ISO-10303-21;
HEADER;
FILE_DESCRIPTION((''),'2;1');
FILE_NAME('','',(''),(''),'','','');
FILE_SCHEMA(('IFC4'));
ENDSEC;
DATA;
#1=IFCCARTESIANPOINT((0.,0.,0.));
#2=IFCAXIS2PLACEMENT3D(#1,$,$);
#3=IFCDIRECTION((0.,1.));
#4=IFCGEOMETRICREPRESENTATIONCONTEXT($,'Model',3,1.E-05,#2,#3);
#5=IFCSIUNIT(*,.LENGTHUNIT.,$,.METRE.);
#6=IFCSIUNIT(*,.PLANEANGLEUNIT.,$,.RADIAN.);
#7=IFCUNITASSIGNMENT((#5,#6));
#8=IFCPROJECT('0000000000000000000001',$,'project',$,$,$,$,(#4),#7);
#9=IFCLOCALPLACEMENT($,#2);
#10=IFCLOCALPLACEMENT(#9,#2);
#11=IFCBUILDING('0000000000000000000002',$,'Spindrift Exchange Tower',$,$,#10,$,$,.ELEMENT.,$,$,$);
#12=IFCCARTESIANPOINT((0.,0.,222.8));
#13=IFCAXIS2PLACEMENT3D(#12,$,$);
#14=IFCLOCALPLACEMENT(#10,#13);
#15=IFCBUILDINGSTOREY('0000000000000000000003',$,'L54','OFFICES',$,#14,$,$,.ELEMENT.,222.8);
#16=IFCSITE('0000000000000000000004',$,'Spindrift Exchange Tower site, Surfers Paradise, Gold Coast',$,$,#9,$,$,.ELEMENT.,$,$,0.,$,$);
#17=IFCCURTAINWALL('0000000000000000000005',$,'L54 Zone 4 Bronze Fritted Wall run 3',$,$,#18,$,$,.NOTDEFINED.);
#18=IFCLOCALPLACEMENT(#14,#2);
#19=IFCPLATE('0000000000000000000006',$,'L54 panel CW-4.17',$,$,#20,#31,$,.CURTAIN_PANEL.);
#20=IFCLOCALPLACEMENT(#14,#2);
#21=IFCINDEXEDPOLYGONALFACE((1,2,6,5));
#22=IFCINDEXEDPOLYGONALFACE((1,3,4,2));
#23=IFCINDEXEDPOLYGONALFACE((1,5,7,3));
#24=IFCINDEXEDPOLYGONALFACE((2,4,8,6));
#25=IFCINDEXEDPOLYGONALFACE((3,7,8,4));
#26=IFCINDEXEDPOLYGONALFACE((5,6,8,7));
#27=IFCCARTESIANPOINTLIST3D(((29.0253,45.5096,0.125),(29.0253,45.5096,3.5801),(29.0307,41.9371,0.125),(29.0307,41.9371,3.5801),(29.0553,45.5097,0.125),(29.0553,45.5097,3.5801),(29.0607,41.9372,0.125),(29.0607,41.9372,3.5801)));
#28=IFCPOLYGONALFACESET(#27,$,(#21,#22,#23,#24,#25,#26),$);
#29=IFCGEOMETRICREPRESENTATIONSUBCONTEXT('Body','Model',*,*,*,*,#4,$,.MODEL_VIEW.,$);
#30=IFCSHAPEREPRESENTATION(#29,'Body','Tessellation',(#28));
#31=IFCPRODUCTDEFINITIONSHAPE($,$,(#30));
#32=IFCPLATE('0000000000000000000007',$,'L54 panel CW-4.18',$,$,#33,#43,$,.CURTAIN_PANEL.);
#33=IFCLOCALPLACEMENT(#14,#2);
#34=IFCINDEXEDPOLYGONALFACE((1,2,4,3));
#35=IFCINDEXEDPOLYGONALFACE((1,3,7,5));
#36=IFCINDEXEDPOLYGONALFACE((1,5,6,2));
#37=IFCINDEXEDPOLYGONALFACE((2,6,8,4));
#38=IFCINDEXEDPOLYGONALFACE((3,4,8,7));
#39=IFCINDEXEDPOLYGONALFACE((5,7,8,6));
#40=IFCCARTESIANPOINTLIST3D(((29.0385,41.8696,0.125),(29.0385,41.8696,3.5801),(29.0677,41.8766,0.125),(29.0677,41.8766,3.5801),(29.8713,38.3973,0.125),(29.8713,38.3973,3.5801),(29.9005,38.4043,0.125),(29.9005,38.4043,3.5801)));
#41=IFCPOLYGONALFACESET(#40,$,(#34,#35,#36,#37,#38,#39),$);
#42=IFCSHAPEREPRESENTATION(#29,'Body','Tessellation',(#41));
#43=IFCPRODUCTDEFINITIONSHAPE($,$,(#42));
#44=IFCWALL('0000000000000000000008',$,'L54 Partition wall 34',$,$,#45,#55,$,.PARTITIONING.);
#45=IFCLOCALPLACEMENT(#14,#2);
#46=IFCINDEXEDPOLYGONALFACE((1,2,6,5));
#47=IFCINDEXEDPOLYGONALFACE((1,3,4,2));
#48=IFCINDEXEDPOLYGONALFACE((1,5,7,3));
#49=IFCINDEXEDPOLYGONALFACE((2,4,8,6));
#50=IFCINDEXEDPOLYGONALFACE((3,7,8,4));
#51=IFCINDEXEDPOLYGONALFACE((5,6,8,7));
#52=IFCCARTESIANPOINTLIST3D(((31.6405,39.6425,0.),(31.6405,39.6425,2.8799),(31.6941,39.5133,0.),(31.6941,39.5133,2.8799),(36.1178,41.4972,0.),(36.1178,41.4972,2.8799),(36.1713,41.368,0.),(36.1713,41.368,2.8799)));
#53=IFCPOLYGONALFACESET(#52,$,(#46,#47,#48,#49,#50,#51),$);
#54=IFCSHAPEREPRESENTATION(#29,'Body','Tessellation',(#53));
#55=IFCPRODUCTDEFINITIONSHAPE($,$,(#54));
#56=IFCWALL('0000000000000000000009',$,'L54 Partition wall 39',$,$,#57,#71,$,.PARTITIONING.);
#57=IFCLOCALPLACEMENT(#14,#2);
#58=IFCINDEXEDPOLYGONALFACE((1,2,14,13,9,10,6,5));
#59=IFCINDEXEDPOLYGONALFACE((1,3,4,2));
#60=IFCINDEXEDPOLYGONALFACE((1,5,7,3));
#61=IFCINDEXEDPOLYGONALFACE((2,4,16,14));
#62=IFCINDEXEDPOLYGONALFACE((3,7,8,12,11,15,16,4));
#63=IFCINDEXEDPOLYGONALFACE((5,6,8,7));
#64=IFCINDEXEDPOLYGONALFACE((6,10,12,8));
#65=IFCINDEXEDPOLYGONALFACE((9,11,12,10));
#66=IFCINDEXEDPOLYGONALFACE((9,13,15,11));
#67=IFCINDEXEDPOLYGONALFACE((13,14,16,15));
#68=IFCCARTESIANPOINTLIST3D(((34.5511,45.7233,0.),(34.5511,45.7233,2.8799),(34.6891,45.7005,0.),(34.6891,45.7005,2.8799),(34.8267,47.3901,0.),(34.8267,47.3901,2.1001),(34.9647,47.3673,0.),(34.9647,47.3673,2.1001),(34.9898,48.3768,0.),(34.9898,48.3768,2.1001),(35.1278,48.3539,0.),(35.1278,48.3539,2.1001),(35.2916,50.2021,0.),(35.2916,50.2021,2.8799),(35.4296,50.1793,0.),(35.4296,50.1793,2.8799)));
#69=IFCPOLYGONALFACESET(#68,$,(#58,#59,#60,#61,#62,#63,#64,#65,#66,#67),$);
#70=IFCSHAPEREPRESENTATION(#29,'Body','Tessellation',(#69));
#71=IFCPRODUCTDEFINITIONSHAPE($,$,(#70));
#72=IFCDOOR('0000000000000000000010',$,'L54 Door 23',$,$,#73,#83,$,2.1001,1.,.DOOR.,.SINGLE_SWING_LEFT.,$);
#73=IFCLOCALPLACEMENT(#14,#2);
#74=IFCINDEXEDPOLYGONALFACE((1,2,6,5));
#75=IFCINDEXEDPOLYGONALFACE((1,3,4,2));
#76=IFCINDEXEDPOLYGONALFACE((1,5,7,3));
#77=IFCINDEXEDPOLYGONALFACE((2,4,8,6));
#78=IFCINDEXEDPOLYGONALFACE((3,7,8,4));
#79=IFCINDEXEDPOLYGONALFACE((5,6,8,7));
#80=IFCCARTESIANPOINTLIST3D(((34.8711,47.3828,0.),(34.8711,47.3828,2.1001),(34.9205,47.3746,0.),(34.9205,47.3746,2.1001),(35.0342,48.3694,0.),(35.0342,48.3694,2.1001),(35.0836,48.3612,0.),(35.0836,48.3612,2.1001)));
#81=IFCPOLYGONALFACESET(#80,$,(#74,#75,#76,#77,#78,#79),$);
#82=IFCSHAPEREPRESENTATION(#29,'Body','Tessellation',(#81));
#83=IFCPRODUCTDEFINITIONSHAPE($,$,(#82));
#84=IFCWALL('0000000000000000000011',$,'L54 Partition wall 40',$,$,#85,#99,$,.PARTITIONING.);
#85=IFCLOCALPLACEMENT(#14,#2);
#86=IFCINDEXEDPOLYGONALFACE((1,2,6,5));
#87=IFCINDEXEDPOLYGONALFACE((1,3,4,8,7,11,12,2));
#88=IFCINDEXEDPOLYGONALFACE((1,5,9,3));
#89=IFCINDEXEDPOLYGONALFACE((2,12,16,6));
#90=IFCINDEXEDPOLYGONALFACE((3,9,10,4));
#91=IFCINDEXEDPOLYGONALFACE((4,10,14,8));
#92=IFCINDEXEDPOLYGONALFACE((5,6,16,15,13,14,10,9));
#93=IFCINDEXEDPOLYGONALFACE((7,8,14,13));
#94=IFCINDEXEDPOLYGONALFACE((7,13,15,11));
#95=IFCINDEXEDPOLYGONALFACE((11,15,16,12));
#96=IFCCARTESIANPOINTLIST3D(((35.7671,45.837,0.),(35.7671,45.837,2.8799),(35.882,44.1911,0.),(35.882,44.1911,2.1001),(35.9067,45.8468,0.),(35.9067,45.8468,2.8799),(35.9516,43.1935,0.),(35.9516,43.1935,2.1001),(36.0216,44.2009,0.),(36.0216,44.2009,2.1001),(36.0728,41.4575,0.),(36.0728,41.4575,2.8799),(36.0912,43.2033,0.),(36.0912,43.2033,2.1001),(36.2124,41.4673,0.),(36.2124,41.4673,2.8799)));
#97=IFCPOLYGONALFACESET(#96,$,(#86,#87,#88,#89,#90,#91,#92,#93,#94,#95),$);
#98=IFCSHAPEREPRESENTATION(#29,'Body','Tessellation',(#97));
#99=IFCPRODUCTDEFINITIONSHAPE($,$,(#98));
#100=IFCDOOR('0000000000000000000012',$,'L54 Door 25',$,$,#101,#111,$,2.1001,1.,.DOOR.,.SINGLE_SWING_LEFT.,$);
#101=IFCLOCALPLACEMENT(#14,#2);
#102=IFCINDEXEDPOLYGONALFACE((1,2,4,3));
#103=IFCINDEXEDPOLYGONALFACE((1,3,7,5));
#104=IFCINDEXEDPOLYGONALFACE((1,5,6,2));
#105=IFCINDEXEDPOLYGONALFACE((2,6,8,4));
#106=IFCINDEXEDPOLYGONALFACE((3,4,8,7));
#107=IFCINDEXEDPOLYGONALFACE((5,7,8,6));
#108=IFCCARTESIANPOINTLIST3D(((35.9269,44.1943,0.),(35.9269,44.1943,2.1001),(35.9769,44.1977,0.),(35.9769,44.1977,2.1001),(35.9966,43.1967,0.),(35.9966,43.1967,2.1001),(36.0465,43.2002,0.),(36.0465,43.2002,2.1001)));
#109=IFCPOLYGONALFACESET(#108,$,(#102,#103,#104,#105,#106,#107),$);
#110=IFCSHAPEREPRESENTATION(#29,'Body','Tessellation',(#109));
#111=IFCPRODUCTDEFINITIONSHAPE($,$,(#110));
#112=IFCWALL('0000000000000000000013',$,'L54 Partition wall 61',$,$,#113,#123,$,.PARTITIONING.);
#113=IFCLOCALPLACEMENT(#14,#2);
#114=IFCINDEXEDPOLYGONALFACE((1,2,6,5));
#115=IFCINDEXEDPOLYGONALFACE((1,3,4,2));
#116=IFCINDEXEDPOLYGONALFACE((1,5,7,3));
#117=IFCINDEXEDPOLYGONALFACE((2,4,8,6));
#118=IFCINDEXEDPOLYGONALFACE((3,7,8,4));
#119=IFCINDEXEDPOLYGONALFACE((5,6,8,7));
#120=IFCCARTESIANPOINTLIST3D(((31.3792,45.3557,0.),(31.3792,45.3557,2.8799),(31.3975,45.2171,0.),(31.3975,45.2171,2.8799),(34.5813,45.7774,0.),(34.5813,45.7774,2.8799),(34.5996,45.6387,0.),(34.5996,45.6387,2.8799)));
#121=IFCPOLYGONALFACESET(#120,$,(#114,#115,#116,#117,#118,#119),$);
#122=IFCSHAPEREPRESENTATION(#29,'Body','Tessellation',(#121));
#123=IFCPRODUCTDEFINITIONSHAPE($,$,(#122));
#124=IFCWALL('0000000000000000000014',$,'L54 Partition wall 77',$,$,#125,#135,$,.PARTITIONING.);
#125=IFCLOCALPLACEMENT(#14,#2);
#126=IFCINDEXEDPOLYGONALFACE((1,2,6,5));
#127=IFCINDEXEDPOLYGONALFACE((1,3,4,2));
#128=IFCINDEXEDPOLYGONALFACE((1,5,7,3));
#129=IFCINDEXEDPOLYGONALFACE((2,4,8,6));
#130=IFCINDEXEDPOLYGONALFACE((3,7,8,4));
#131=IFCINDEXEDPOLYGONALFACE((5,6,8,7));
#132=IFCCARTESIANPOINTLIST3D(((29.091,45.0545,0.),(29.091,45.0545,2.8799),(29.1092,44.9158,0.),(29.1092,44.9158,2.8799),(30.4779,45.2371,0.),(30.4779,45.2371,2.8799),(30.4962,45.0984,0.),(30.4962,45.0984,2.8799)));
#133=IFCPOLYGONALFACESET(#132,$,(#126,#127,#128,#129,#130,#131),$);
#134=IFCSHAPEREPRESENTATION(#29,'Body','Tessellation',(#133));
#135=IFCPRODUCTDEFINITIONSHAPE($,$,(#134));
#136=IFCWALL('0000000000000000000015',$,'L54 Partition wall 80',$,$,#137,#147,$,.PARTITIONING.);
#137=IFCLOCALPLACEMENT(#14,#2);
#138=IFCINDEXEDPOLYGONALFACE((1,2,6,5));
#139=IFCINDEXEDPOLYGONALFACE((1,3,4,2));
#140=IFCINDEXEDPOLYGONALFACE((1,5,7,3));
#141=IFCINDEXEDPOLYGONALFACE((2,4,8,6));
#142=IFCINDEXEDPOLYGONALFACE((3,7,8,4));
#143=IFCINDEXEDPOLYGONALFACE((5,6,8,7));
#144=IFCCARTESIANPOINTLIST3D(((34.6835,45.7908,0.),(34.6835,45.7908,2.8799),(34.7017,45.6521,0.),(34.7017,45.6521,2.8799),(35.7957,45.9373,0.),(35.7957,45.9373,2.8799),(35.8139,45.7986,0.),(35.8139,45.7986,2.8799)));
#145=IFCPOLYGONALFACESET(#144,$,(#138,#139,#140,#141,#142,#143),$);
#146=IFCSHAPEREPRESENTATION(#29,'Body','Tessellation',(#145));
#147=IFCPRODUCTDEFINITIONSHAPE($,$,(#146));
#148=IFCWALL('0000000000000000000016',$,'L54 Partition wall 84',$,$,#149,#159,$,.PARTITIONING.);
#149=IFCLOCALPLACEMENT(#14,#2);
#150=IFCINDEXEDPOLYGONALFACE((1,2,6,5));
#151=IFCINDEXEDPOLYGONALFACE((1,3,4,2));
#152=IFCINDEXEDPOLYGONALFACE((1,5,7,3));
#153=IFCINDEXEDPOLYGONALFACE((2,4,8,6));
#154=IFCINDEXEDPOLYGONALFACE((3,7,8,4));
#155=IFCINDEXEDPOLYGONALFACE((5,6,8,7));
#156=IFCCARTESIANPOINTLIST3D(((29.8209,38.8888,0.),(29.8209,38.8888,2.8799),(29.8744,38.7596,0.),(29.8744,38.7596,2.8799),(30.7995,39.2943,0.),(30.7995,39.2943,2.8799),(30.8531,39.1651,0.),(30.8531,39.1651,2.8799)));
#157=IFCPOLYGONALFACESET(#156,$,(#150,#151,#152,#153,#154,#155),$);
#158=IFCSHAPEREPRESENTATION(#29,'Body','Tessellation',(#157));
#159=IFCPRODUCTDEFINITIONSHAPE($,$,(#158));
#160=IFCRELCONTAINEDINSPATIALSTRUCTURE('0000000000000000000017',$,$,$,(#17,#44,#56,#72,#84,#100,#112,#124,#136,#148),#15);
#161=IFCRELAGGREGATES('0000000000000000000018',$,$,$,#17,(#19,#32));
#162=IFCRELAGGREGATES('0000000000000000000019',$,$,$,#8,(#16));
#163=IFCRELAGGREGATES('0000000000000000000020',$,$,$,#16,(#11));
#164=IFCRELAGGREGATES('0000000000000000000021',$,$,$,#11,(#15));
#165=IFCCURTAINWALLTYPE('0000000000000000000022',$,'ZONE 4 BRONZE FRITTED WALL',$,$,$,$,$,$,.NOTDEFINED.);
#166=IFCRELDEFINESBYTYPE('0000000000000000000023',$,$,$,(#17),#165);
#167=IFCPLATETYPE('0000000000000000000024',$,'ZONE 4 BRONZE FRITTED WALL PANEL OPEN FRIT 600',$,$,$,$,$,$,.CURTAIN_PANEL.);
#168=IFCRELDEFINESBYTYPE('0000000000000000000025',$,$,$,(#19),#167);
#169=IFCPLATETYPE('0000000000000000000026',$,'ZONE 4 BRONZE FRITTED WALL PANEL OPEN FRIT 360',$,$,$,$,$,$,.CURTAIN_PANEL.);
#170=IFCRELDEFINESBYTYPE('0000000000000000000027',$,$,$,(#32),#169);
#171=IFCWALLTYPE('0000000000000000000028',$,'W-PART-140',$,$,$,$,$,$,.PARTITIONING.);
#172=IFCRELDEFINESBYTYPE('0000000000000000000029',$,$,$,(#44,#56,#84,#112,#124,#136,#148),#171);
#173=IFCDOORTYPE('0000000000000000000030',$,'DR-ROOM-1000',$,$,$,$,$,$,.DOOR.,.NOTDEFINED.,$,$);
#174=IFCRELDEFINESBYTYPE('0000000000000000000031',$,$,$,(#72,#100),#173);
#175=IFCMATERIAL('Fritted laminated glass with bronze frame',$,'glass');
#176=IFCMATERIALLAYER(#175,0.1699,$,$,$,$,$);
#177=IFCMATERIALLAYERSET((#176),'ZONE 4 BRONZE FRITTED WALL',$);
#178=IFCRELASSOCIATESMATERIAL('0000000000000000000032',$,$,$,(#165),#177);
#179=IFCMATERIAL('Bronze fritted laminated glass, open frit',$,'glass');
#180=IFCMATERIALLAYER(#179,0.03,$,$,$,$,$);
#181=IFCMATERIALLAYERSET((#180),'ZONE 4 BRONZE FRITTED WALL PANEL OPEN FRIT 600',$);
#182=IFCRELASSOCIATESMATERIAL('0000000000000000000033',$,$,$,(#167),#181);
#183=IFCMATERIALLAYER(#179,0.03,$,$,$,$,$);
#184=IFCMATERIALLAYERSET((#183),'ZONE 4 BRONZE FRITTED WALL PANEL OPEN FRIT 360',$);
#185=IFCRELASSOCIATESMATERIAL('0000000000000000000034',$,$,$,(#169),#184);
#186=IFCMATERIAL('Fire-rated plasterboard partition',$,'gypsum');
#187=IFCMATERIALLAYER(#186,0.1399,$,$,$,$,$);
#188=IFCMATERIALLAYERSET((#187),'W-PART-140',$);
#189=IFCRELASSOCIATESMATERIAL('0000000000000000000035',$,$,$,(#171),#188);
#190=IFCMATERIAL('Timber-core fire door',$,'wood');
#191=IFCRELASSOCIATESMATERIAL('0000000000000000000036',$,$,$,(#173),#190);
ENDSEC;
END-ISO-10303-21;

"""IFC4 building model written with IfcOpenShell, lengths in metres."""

from ifc_helpers import new_model, si_unit, direction, frame, frame_2d, origin, origin_2d, place, context, subcontext, project, spatial, rectangle, extrude, source, transform, mapped, material, layer, layer_set, type_object, element, fill, aggregate, save


model = new_model("IFC4")

# Units and contexts
model_context = context("Model", 3, precision=1e-05, world=origin(), true_north=direction((0.0, 1.0)))
body_context = subcontext(model_context, "Body", "Model", "MODEL_VIEW")
ifc_project = project(units=[si_unit("LENGTHUNIT", "METRE"), si_unit("PLANEANGLEUNIT", "RADIAN")], contexts=[model_context])

# Site, building, storey
site_placement = place(None, origin())
site = spatial("IfcSite", under=ifc_project, at=site_placement, Name="Spindrift Exchange Tower site, Surfers Paradise, Gold Coast", CompositionType="ELEMENT", RefElevation=0.0)
building_placement = place(site_placement, origin())
building = spatial("IfcBuilding", under=site, at=building_placement, Name="Spindrift Exchange Tower", CompositionType="ELEMENT")
storey_placement = place(building_placement, frame((0.0, 0.0, 222.8)))
storey = spatial("IfcBuildingStorey", under=building, at=storey_placement, Name="L54", Description="OFFICES", CompositionType="ELEMENT", Elevation=222.8)

# Curtain wall
ifc_material_1 = material(Name="Fritted laminated glass with bronze frame", Category="glass")
ifc_layer_1 = layer(ifc_material_1, 0.1699)
ifc_layer_set_1 = layer_set([ifc_layer_1], Name="ZONE 4 BRONZE FRITTED WALL")
curtain_wall_type = type_object("IfcCurtainWallType", Name="ZONE 4 BRONZE FRITTED WALL", PredefinedType="NOTDEFINED", material=ifc_layer_set_1)
curtain_wall_1_placement = place(storey_placement, origin())
curtain_wall_1 = element("IfcCurtainWall", 1, at=curtain_wall_1_placement, inside=storey, type_object=curtain_wall_type, Name="L54 Zone 4 Bronze Fritted Wall run 3", PredefinedType="NOTDEFINED")

# Plates
ifc_material_2 = material(Name="Bronze fritted laminated glass, open frit", Category="glass")
ifc_layer_2 = layer(ifc_material_2, 0.03)
ifc_layer_set_2 = layer_set([ifc_layer_2], Name="ZONE 4 BRONZE FRITTED WALL PANEL OPEN FRIT 600")
plate_type_1 = type_object("IfcPlateType", Name="ZONE 4 BRONZE FRITTED WALL PANEL OPEN FRIT 600", PredefinedType="CURTAIN_PANEL", material=ifc_layer_set_2)
shared_shape_1 = source(origin(), body_context, "Body", "SweptSolid", [
    extrude(rectangle(XDim=3.5725, YDim=0.03, at=origin_2d()), origin(), (0.0, 0.0, 1.0), 3.4551),
])
plate_1_placement = place(storey_placement, frame((29.043, 43.7234, 0.125), z_axis=(0.0, 0.0, 1.0), x_axis=(0.001511, -0.999999, 0.0)))
plate_1 = element("IfcPlate", 2, at=plate_1_placement, type_object=plate_type_1, Name="L54 panel CW-4.17", PredefinedType="CURTAIN_PANEL", context=body_context, shape_type="MappedRepresentation", body=[
    mapped(shared_shape_1, transform((0.0, 0.0, 0.0), scale=1.0)),
])
ifc_layer_3 = layer(ifc_material_2, 0.03)
ifc_layer_set_3 = layer_set([ifc_layer_3], Name="ZONE 4 BRONZE FRITTED WALL PANEL OPEN FRIT 360")
plate_type_2 = type_object("IfcPlateType", Name="ZONE 4 BRONZE FRITTED WALL PANEL OPEN FRIT 360", PredefinedType="CURTAIN_PANEL", material=ifc_layer_set_3)
shared_shape_2 = source(origin(), body_context, "Body", "SweptSolid", [
    extrude(rectangle(XDim=3.5708, YDim=0.03, at=origin_2d()), origin(), (0.0, 0.0, 1.0), 3.4551),
])
plate_2_placement = place(storey_placement, frame((29.4695, 40.137, 0.125), z_axis=(0.0, 0.0, 1.0), x_axis=(0.233211, -0.972426, 0.0)))
plate_2 = element("IfcPlate", 3, at=plate_2_placement, type_object=plate_type_2, Name="L54 panel CW-4.18", PredefinedType="CURTAIN_PANEL", context=body_context, shape_type="MappedRepresentation", body=[
    mapped(shared_shape_2, transform((0.0, 0.0, 0.0), scale=1.0)),
])
aggregate(curtain_wall_1, [plate_1, plate_2])

# Wall
ifc_material_3 = material(Name="Fire-rated plasterboard partition", Category="gypsum")
ifc_layer_4 = layer(ifc_material_3, 0.1399)
ifc_layer_set_4 = layer_set([ifc_layer_4], Name="W-PART-140")
wall_type = type_object("IfcWallType", Name="W-PART-140", PredefinedType="PARTITIONING", material=ifc_layer_set_4)
wall_1_placement = place(storey_placement, frame((36.1445, 41.4326, 0.0), z_axis=(0.0, 0.0, 1.0), x_axis=(-0.923866, -0.382715, 0.0)))
element("IfcWall", 4, at=wall_1_placement, inside=storey, type_object=wall_type, Name="L54 Partition wall 34", PredefinedType="PARTITIONING", context=body_context, shape_type="SweptSolid", body=[
    extrude(rectangle(XDim=4.8462, YDim=0.1399, at=frame_2d((2.4231, 0.0))), origin(), (0.0, 0.0, 1.0), 2.8799),
])

# Walls, openings, doors
wall_2_placement = place(storey_placement, frame((34.6201, 45.7119, 0.0), z_axis=(0.0, 0.0, 1.0), x_axis=(0.163117, 0.986607, 0.0)))
wall_2 = element("IfcWall", 5, at=wall_2_placement, inside=storey, type_object=wall_type, Name="L54 Partition wall 39", PredefinedType="PARTITIONING", context=body_context, shape_type="SweptSolid", body=[
    extrude(rectangle(XDim=4.5396, YDim=0.1399, at=frame_2d((2.2698, 0.0))), origin(), (0.0, 0.0, 1.0), 2.8799),
])
opening_1_placement = place(wall_2_placement, frame((1.6895, 0.0, 0.0)))
opening_1 = element("IfcOpeningElement", 6, at=opening_1_placement, cuts=wall_2, PredefinedType="OPENING", context=body_context, shape_type="SweptSolid", body=[
    extrude(rectangle(XDim=1.0, YDim=2.1001, at=frame_2d((0.5, 1.05))), frame((0.0, 0.0798, 0.0), z_axis=(0.0, -1.0, 0.0), x_axis=(1.0, 0.0, 0.0)), (0.0, 0.0, 1.0), 0.1599),
])
ifc_material_4 = material(Name="Timber-core fire door", Category="wood")
door_type = type_object("IfcDoorType", Name="DR-ROOM-1000", OperationType="NOTDEFINED", PredefinedType="DOOR", material=ifc_material_4)
shared_shape_3 = source(origin(), body_context, "Body", "SweptSolid", [
    extrude(rectangle(XDim=1.0, YDim=2.1001, at=frame_2d((0.5, 1.05))), frame((0.0, 0.0249, 0.0), z_axis=(0.0, -1.0, 0.0), x_axis=(1.0, 0.0, 0.0)), (0.0, 0.0, 1.0), 0.05),
])
door_1_placement = place(opening_1_placement, origin())
door_1 = element("IfcDoor", 7, at=door_1_placement, inside=storey, type_object=door_type, Name="L54 Door 23", OperationType="SINGLE_SWING_LEFT", OverallHeight=2.1001, OverallWidth=1.0, PredefinedType="DOOR", context=body_context, shape_type="MappedRepresentation", body=[
    mapped(shared_shape_3, transform((0.0, 0.0, 0.0), scale=1.0)),
])
fill(opening_1, door_1)
wall_3_placement = place(storey_placement, frame((36.1426, 41.4624, 0.0), z_axis=(0.0, 0.0, 1.0), x_axis=(-0.069627, 0.997573, 0.0)))
wall_3 = element("IfcWall", 8, at=wall_3_placement, inside=storey, type_object=wall_type, Name="L54 Partition wall 40", PredefinedType="PARTITIONING", context=body_context, shape_type="SweptSolid", body=[
    extrude(rectangle(XDim=4.3901, YDim=0.1399, at=frame_2d((2.1951, 0.0))), origin(), (0.0, 0.0, 1.0), 2.8799),
])
opening_2_placement = place(wall_3_placement, frame((1.7402, 0.0, 0.0)))
opening_2 = element("IfcOpeningElement", 9, at=opening_2_placement, cuts=wall_3, PredefinedType="OPENING", context=body_context, shape_type="SweptSolid", body=[
    extrude(rectangle(XDim=1.0, YDim=2.1001, at=frame_2d((0.5, 1.05))), frame((0.0, 0.0798, 0.0), z_axis=(0.0, -1.0, 0.0), x_axis=(1.0, 0.0, 0.0)), (0.0, 0.0, 1.0), 0.1599),
])
door_2_placement = place(opening_2_placement, origin())
door_2 = element("IfcDoor", 10, at=door_2_placement, inside=storey, type_object=door_type, Name="L54 Door 25", OperationType="SINGLE_SWING_LEFT", OverallHeight=2.1001, OverallWidth=1.0, PredefinedType="DOOR", context=body_context, shape_type="MappedRepresentation", body=[
    mapped(shared_shape_3, transform((0.0, 0.0, 0.0), scale=1.0)),
])
fill(opening_2, door_2)

# Walls
wall_4_placement = place(storey_placement, frame((34.5903, 45.708, 0.0), z_axis=(0.0, 0.0, 1.0), x_axis=(-0.991442, -0.130544, 0.0)))
element("IfcWall", 11, at=wall_4_placement, inside=storey, type_object=wall_type, Name="L54 Partition wall 61", PredefinedType="PARTITIONING", context=body_context, shape_type="SweptSolid", body=[
    extrude(rectangle(XDim=3.2297, YDim=0.1399, at=frame_2d((1.6147, 0.0))), origin(), (0.0, 0.0, 1.0), 2.8799),
])
wall_5_placement = place(storey_placement, frame((30.4871, 45.1677, 0.0), z_axis=(0.0, 0.0, 1.0), x_axis=(-0.991443, -0.13054, 0.0)))
element("IfcWall", 12, at=wall_5_placement, inside=storey, type_object=wall_type, Name="L54 Partition wall 77", PredefinedType="PARTITIONING", context=body_context, shape_type="SweptSolid", body=[
    extrude(rectangle(XDim=1.3989, YDim=0.1399, at=frame_2d((0.6995, 0.0))), origin(), (0.0, 0.0, 1.0), 2.8799),
])
wall_6_placement = place(storey_placement, frame((35.8049, 45.8679, 0.0), z_axis=(0.0, 0.0, 1.0), x_axis=(-0.991439, -0.130567, 0.0)))
element("IfcWall", 13, at=wall_6_placement, inside=storey, type_object=wall_type, Name="L54 Partition wall 80", PredefinedType="PARTITIONING", context=body_context, shape_type="SweptSolid", body=[
    extrude(rectangle(XDim=1.1218, YDim=0.1399, at=frame_2d((0.561, 0.0))), origin(), (0.0, 0.0, 1.0), 2.8799),
])
wall_7_placement = place(storey_placement, frame((30.8264, 39.2297, 0.0), z_axis=(0.0, 0.0, 1.0), x_axis=(-0.923845, -0.382766, 0.0)))
element("IfcWall", 14, at=wall_7_placement, inside=storey, type_object=wall_type, Name="L54 Partition wall 84", PredefinedType="PARTITIONING", context=body_context, shape_type="SweptSolid", body=[
    extrude(rectangle(XDim=1.0593, YDim=0.1399, at=frame_2d((0.5298, 0.0))), origin(), (0.0, 0.0, 1.0), 2.8799),
])

save(model, "model.ifc")
